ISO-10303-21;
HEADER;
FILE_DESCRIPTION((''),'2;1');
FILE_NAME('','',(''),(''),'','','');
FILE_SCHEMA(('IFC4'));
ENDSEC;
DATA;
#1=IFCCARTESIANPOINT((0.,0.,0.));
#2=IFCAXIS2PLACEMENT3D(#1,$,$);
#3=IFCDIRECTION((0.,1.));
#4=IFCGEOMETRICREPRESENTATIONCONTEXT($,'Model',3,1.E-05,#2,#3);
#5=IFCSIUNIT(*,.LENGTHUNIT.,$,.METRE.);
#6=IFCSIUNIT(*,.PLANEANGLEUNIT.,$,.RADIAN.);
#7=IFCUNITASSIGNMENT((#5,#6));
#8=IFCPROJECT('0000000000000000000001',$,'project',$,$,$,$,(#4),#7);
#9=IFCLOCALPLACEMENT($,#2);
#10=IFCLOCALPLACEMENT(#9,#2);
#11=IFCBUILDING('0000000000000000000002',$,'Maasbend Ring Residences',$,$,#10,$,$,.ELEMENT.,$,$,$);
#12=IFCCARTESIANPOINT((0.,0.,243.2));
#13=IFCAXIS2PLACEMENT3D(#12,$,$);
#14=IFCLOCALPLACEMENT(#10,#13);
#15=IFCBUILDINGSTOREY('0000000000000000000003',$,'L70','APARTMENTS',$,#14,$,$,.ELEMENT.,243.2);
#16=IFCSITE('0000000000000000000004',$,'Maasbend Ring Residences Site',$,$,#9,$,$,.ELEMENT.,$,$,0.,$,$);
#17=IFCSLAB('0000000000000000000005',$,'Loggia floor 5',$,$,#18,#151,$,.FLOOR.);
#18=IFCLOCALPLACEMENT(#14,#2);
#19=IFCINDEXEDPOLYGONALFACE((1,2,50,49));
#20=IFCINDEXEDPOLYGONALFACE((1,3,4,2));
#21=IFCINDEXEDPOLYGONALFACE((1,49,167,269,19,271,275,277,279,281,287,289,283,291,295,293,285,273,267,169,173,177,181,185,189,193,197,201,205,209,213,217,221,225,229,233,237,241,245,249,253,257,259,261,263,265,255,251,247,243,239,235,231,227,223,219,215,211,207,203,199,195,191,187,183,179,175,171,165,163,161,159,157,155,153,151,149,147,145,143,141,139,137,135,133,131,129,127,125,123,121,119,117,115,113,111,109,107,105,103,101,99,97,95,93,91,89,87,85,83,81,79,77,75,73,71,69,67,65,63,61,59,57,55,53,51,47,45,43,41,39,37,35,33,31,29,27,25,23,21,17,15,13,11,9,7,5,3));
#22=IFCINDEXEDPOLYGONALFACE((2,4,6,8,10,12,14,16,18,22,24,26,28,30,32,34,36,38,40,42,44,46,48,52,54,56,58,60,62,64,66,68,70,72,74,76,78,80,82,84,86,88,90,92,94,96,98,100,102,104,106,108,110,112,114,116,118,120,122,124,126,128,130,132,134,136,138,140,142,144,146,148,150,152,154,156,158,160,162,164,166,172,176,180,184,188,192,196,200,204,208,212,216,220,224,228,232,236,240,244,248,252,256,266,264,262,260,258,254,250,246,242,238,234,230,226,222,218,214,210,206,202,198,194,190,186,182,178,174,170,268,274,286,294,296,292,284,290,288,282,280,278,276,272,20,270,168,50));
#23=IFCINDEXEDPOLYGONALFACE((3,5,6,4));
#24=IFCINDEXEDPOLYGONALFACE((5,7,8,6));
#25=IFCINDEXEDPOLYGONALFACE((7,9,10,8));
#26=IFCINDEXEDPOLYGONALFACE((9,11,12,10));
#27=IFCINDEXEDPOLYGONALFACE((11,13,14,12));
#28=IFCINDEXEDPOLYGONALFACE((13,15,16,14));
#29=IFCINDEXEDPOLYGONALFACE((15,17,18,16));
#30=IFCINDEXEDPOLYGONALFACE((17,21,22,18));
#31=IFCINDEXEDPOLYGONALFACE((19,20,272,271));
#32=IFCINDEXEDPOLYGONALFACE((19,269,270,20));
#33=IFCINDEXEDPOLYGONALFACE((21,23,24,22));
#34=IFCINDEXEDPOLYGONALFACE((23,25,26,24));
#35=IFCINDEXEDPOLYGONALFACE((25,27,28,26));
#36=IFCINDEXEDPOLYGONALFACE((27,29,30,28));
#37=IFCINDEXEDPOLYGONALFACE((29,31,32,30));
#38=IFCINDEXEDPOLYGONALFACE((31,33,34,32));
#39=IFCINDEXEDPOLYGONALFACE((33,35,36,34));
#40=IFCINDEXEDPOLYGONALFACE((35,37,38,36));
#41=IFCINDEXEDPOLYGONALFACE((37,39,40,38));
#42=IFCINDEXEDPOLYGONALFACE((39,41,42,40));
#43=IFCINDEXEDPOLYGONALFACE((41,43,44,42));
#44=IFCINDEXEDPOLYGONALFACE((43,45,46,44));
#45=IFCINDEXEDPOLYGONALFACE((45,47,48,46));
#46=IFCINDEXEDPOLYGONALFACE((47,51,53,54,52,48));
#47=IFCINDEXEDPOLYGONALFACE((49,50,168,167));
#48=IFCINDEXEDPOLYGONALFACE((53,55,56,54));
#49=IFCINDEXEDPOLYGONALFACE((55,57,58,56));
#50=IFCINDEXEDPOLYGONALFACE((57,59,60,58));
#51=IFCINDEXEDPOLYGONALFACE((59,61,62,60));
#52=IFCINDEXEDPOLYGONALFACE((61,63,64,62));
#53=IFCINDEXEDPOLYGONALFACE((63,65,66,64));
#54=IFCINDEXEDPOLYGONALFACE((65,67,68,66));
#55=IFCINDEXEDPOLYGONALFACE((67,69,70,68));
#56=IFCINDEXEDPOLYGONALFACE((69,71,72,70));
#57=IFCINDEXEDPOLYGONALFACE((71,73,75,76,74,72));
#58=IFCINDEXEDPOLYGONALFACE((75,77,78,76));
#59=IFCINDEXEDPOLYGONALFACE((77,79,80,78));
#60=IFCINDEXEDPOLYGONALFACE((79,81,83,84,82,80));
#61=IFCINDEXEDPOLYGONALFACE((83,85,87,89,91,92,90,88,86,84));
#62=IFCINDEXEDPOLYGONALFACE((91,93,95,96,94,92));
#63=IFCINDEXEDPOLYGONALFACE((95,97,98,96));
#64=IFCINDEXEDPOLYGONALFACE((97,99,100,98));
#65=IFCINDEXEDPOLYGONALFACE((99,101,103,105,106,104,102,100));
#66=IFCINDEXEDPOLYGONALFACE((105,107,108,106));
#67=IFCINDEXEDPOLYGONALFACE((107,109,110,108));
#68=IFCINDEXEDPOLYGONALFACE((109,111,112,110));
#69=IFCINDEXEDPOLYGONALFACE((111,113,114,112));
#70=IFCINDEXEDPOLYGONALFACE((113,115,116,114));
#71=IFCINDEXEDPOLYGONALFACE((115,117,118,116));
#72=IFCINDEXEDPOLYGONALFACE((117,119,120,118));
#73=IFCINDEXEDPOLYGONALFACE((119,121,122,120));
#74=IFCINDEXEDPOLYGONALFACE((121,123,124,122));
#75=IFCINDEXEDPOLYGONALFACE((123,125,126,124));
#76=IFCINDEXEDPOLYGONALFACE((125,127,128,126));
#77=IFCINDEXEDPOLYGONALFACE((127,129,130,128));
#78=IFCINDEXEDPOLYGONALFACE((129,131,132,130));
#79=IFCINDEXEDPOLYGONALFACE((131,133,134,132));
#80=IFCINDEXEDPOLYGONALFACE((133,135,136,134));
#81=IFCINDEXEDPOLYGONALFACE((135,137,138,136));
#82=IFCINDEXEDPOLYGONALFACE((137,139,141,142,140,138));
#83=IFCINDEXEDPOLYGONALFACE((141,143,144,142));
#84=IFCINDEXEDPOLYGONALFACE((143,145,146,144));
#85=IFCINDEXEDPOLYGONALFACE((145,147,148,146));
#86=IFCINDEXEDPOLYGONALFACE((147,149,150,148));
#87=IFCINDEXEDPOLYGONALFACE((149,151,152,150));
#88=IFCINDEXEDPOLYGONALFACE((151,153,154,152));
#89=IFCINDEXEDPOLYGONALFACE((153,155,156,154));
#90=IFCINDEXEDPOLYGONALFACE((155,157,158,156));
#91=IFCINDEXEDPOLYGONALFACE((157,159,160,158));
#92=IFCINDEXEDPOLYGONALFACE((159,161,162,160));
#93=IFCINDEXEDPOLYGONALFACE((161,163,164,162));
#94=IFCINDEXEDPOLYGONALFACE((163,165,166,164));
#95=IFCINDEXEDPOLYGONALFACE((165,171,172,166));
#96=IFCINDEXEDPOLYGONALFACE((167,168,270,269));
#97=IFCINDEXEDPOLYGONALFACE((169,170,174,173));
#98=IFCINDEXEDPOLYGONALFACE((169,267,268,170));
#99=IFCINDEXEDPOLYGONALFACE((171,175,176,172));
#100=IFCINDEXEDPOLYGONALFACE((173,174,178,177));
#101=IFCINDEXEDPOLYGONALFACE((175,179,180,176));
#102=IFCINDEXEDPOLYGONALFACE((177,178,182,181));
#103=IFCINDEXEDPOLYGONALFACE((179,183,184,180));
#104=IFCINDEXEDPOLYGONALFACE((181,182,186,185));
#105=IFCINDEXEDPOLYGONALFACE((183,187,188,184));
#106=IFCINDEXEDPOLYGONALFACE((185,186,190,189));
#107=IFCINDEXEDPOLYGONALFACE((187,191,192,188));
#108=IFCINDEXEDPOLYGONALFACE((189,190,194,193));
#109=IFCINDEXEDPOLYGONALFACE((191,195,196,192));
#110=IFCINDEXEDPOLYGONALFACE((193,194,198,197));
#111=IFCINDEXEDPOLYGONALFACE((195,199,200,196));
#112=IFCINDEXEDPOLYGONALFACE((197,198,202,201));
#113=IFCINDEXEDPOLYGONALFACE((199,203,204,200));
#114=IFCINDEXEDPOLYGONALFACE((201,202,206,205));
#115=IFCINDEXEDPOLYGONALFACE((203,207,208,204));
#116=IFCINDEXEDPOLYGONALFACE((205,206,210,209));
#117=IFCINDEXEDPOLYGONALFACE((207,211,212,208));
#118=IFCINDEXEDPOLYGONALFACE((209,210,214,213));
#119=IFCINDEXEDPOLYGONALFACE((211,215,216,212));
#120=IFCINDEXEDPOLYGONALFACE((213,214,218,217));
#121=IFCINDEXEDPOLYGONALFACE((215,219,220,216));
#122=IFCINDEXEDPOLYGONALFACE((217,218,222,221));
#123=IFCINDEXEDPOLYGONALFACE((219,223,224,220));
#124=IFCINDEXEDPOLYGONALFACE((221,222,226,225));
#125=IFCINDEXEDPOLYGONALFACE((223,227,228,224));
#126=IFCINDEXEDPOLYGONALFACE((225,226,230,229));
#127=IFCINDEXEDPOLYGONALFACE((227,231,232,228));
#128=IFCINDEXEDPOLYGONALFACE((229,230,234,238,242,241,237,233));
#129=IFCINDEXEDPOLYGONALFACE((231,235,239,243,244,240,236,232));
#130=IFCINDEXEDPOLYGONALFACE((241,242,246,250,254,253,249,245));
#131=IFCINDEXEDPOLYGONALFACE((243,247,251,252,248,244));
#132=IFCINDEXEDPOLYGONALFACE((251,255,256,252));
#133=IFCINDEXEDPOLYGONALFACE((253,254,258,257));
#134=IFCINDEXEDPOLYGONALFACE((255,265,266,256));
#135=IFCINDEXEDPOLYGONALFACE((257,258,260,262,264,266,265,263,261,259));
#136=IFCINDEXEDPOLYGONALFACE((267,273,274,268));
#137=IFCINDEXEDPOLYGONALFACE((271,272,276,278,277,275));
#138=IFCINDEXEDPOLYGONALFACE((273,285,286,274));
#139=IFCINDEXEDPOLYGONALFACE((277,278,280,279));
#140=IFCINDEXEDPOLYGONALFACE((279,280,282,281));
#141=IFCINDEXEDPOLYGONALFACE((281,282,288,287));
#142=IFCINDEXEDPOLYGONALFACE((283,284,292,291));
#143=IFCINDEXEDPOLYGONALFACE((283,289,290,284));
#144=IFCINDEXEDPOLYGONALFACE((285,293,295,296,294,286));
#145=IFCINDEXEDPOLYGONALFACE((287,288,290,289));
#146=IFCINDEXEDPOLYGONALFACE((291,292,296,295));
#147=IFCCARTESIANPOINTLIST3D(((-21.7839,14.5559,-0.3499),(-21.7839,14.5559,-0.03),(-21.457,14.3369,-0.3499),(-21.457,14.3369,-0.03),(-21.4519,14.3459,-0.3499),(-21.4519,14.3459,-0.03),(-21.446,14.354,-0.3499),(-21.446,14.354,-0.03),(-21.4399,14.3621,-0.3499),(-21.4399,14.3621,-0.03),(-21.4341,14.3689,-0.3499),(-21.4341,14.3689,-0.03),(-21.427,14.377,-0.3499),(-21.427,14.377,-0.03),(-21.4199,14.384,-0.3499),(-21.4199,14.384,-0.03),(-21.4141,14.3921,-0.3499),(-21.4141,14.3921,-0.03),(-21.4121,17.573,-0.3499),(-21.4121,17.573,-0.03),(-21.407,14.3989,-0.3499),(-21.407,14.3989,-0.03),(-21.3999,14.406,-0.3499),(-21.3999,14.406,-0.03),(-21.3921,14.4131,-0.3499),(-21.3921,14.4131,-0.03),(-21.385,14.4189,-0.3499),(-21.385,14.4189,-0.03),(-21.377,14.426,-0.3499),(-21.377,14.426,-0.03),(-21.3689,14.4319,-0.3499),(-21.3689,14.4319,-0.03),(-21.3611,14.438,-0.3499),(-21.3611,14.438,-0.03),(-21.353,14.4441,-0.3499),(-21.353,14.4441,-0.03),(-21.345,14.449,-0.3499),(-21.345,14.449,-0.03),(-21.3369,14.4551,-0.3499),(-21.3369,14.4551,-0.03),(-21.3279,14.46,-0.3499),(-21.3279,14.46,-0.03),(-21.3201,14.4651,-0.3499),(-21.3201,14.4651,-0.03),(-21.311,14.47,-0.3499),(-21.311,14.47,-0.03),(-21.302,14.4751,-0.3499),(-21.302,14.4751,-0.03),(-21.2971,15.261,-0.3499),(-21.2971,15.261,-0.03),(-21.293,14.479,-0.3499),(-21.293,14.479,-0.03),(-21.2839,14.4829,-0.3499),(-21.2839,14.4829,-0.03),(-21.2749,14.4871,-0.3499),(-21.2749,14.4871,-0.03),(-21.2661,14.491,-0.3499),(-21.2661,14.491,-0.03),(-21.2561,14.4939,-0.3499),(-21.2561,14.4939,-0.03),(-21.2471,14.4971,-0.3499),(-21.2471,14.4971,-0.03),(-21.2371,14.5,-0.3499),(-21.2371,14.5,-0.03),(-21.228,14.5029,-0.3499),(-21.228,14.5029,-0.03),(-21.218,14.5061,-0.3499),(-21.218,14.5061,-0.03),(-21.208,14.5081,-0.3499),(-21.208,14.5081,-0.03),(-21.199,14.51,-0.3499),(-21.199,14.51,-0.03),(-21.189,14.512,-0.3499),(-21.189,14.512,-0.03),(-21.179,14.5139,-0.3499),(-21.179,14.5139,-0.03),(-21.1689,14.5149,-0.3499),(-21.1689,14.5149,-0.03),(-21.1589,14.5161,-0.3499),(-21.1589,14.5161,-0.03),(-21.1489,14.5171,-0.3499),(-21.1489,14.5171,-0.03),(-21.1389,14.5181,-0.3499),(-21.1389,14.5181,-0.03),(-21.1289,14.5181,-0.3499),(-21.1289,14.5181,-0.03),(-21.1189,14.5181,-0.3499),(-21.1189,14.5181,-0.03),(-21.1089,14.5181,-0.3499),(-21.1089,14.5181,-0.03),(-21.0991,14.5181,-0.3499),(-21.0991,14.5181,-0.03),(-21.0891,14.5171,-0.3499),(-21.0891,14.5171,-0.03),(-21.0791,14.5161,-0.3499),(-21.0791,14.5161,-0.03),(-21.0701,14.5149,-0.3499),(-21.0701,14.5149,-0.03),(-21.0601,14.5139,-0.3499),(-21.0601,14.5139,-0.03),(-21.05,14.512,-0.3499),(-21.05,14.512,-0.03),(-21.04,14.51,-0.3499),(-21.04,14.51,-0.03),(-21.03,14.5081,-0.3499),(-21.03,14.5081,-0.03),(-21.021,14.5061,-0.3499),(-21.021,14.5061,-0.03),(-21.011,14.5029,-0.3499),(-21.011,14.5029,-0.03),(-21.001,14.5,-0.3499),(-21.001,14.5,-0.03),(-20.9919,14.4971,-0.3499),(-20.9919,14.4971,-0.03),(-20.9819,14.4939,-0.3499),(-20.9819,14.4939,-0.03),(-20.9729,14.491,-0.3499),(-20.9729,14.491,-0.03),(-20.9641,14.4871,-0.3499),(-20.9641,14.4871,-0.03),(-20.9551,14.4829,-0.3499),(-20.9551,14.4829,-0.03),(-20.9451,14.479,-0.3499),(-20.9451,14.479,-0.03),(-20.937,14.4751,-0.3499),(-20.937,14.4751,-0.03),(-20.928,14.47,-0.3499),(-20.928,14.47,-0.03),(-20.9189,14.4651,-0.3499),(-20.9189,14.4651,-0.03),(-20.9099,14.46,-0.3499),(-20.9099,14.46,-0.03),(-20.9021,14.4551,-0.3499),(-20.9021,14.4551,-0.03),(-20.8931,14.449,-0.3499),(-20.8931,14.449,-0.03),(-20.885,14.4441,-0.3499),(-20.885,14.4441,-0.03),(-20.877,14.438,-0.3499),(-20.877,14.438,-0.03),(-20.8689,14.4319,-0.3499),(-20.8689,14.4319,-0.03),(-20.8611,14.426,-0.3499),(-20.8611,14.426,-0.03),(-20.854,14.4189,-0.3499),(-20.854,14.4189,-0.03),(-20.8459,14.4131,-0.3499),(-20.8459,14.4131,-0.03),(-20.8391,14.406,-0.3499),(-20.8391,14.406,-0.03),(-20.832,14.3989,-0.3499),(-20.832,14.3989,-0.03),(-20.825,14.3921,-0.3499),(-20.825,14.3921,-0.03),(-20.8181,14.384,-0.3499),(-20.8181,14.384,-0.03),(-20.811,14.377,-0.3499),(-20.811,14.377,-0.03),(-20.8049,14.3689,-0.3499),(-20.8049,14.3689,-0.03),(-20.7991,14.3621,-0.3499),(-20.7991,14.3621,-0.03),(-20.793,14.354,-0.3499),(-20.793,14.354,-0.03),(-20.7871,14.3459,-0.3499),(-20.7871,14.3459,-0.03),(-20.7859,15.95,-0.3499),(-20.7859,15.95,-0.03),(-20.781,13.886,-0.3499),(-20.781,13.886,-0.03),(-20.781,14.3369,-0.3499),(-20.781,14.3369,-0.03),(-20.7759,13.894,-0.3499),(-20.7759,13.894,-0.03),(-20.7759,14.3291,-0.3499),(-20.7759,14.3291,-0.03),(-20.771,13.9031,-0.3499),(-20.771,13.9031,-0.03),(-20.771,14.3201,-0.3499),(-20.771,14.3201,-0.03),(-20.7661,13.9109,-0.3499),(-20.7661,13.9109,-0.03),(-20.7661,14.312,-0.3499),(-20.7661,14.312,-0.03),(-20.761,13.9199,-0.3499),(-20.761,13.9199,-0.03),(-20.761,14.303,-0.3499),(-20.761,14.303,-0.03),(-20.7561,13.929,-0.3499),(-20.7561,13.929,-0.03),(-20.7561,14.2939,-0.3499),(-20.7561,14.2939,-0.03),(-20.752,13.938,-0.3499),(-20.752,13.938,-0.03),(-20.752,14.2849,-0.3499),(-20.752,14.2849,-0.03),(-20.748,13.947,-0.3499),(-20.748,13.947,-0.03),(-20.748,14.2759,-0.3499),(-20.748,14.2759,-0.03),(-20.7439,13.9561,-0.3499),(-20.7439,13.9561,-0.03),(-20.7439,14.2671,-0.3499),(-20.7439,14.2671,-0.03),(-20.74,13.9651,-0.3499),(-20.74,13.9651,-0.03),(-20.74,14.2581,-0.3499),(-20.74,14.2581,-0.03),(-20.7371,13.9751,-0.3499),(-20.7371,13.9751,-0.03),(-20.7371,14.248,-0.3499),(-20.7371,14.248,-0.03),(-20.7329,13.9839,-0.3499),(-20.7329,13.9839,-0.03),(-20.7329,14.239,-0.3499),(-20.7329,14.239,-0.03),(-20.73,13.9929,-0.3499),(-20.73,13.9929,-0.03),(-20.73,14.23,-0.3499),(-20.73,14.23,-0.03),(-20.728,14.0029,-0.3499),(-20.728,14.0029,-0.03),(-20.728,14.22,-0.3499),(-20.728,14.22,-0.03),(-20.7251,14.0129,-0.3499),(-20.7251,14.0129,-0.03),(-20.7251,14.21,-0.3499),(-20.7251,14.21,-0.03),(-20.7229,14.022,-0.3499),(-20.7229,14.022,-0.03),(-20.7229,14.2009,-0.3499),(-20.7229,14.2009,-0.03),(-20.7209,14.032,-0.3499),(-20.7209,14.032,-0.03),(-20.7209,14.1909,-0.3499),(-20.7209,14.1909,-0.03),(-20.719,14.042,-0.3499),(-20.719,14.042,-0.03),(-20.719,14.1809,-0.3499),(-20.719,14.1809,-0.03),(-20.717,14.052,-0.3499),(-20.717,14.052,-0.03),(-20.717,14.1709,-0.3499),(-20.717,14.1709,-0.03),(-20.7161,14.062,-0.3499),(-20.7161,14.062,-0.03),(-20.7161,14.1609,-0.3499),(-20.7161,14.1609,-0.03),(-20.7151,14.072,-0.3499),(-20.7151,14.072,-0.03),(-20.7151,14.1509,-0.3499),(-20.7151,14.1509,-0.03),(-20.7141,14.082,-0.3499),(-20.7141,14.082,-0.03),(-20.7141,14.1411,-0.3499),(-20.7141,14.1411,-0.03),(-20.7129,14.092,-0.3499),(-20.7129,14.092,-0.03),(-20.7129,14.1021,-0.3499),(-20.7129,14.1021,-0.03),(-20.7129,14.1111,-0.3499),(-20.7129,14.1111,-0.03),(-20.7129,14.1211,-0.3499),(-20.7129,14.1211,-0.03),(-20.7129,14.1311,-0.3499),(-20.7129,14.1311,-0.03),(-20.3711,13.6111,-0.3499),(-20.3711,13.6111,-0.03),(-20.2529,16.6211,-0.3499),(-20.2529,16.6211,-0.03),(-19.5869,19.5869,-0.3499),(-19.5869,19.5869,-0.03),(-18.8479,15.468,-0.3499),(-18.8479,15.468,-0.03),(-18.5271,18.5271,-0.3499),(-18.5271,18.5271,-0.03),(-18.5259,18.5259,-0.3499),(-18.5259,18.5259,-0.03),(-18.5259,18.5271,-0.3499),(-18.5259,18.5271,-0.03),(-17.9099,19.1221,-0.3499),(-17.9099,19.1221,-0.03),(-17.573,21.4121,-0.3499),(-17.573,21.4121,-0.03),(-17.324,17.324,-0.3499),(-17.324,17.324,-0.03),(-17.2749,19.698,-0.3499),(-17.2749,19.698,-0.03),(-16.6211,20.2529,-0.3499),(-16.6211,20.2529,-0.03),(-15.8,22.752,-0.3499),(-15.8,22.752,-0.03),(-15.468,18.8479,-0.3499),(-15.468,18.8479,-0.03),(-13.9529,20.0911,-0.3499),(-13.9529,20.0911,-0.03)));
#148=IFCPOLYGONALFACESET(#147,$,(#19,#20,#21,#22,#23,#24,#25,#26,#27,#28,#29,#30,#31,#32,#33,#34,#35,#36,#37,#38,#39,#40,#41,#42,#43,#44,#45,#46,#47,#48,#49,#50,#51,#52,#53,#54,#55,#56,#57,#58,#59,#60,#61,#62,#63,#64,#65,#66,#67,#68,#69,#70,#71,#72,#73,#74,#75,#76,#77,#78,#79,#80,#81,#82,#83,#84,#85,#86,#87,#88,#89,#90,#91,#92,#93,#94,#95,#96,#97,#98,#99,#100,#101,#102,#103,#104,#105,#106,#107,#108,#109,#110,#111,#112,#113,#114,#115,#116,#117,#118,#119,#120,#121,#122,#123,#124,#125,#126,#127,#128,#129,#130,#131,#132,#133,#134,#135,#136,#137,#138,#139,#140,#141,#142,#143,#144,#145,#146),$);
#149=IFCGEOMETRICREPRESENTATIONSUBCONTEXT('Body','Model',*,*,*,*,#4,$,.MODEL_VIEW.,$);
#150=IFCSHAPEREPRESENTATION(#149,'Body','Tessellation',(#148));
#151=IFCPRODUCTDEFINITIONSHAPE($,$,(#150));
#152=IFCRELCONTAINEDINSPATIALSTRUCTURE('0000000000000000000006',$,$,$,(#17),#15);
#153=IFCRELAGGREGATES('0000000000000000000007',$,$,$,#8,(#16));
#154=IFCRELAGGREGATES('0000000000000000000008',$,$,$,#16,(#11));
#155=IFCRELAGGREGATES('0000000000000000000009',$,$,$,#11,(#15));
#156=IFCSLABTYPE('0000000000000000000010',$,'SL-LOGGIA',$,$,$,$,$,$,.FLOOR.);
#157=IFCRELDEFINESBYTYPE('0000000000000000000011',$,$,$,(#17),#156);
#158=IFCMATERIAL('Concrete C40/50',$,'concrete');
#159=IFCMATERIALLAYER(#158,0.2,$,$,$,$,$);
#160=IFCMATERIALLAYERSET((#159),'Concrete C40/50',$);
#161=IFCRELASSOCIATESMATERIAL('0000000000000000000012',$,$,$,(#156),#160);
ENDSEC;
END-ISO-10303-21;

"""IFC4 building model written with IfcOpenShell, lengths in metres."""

from ifc_helpers import new_model, si_unit, direction, frame, origin, place, context, subcontext, project, spatial, polyline, outline, extrude, material, layer, layer_set, type_object, element, save


model = new_model("IFC4")

# Units and contexts
model_context = context("Model", 3, precision=1e-05, world=origin(), true_north=direction((0.0, 1.0)))
body_context = subcontext(model_context, "Body", "Model", "MODEL_VIEW")
ifc_project = project(units=[si_unit("LENGTHUNIT", "METRE"), si_unit("PLANEANGLEUNIT", "RADIAN")], contexts=[model_context])

# Site, building, storey
site_placement = place(None, origin())
site = spatial("IfcSite", under=ifc_project, at=site_placement, Name="Maasbend Ring Residences Site", CompositionType="ELEMENT", RefElevation=0.0)
building_placement = place(site_placement, origin())
building = spatial("IfcBuilding", under=site, at=building_placement, Name="Maasbend Ring Residences", CompositionType="ELEMENT")
storey_placement = place(building_placement, frame((0.0, 0.0, 243.2)))
storey = spatial("IfcBuildingStorey", under=building, at=storey_placement, Name="L70", Description="APARTMENTS", CompositionType="ELEMENT", Elevation=243.2)

# Slab
ifc_material_1 = material(Name="Concrete C40/50", Category="concrete")
ifc_layer_1 = layer(ifc_material_1, 0.2)
ifc_layer_set_1 = layer_set([ifc_layer_1], Name="Concrete C40/50")
slab_type_1 = type_object("IfcSlabType", Name="SL-LOGGIA", PredefinedType="FLOOR", material=ifc_layer_set_1)
slab_1_placement = place(storey_placement, frame((0.0, 0.0, -0.3499)))
element("IfcSlab", 1, at=slab_1_placement, inside=storey, type_object=slab_type_1, Name="Loggia floor 5", PredefinedType="FLOOR", context=body_context, shape_type="SweptSolid", body=[
    extrude(outline(polyline([(-20.7859, 15.95), (-20.2529, 16.6211), (-20.2529, 16.6211), (-20.2529, 16.6211), (-20.2529, 16.6211), (-20.2529, 16.6211), (-20.2529, 16.6211), (-20.2529, 16.6211), (-20.2529, 16.6211), (-20.2529, 16.6211), (-20.2529, 16.6211), (-20.2529, 16.6211), (-20.2529, 16.6211), (-20.2529, 16.6211), (-20.2529, 16.6211), (-20.2529, 16.6211), (-20.2529, 16.6211), (-20.2529, 16.6211), (-21.4121, 17.573), (-19.5869, 19.5869), (-18.5271, 18.5271), (-18.5271, 18.5271), (-18.5259, 18.5259), (-18.5259, 18.5259), (-18.5259, 18.5259), (-18.5259, 18.5259), (-18.5259, 18.5259), (-18.5259, 18.5259), (-18.5259, 18.5259), (-18.5259, 18.5259), (-18.5259, 18.5259), (-18.5259, 18.5259), (-18.5259, 18.5259), (-18.5259, 18.5259), (-18.5259, 18.5259), (-18.5259, 18.5271), (-18.5259, 18.5271), (-17.9099, 19.1221), (-17.2749, 19.698), (-16.6211, 20.2529), (-16.6211, 20.2529), (-16.6211, 20.2529), (-16.6211, 20.2529), (-16.6211, 20.2529), (-16.6211, 20.2529), (-16.6211, 20.2529), (-16.6211, 20.2529), (-16.6211, 20.2529), (-16.6211, 20.2529), (-16.6211, 20.2529), (-16.6211, 20.2529), (-16.6211, 20.2529), (-16.6211, 20.2529), (-16.6211, 20.2529), (-16.6211, 20.2529), (-16.6211, 20.2529), (-17.573, 21.4121), (-15.8, 22.752), (-13.9529, 20.0911), (-15.468, 18.8479), (-17.324, 17.324), (-17.324, 17.324), (-17.324, 17.324), (-18.8479, 15.468), (-20.3711, 13.6111), (-20.781, 13.886), (-20.7759, 13.894), (-20.771, 13.9031), (-20.7661, 13.9109), (-20.761, 13.9199), (-20.7561, 13.929), (-20.752, 13.938), (-20.748, 13.947), (-20.7439, 13.9561), (-20.74, 13.9651), (-20.7371, 13.9751), (-20.7329, 13.9839), (-20.73, 13.9929), (-20.728, 14.0029), (-20.7251, 14.0129), (-20.7229, 14.022), (-20.7209, 14.032), (-20.719, 14.042), (-20.717, 14.052), (-20.7161, 14.062), (-20.7151, 14.072), (-20.7141, 14.082), (-20.7129, 14.092), (-20.7129, 14.1021), (-20.7129, 14.1111), (-20.7129, 14.1211), (-20.7129, 14.1311), (-20.7141, 14.1411), (-20.7151, 14.1509), (-20.7161, 14.1609), (-20.717, 14.1709), (-20.719, 14.1809), (-20.7209, 14.1909), (-20.7229, 14.2009), (-20.7251, 14.21), (-20.728, 14.22), (-20.73, 14.23), (-20.7329, 14.239), (-20.7371, 14.248), (-20.74, 14.2581), (-20.7439, 14.2671), (-20.748, 14.2759), (-20.752, 14.2849), (-20.7561, 14.2939), (-20.761, 14.303), (-20.7661, 14.312), (-20.771, 14.3201), (-20.7759, 14.3291), (-20.781, 14.3369), (-20.7871, 14.3459), (-20.793, 14.354), (-20.7991, 14.3621), (-20.8049, 14.3689), (-20.811, 14.377), (-20.8181, 14.384), (-20.825, 14.3921), (-20.832, 14.3989), (-20.8391, 14.406), (-20.8459, 14.4131), (-20.854, 14.4189), (-20.8611, 14.426), (-20.8689, 14.4319), (-20.877, 14.438), (-20.885, 14.4441), (-20.8931, 14.449), (-20.9021, 14.4551), (-20.9099, 14.46), (-20.9189, 14.4651), (-20.928, 14.47), (-20.937, 14.4751), (-20.9451, 14.479), (-20.9551, 14.4829), (-20.9641, 14.4871), (-20.9729, 14.491), (-20.9819, 14.4939), (-20.9919, 14.4971), (-21.001, 14.5), (-21.011, 14.5029), (-21.021, 14.5061), (-21.03, 14.5081), (-21.04, 14.51), (-21.05, 14.512), (-21.0601, 14.5139), (-21.0701, 14.5149), (-21.0791, 14.5161), (-21.0891, 14.5171), (-21.0991, 14.5181), (-21.1089, 14.5181), (-21.1189, 14.5181), (-21.1289, 14.5181), (-21.1389, 14.5181), (-21.1489, 14.5171), (-21.1589, 14.5161), (-21.1689, 14.5149), (-21.179, 14.5139), (-21.189, 14.512), (-21.199, 14.51), (-21.208, 14.5081), (-21.218, 14.5061), (-21.228, 14.5029), (-21.2371, 14.5), (-21.2471, 14.4971), (-21.2561, 14.4939), (-21.2661, 14.491), (-21.2749, 14.4871), (-21.2839, 14.4829), (-21.293, 14.479), (-21.302, 14.4751), (-21.311, 14.47), (-21.3201, 14.4651), (-21.3279, 14.46), (-21.3369, 14.4551), (-21.345, 14.449), (-21.353, 14.4441), (-21.3611, 14.438), (-21.3689, 14.4319), (-21.377, 14.426), (-21.385, 14.4189), (-21.3921, 14.4131), (-21.3999, 14.406), (-21.407, 14.3989), (-21.4141, 14.3921), (-21.4199, 14.384), (-21.427, 14.377), (-21.4341, 14.3689), (-21.4399, 14.3621), (-21.446, 14.354), (-21.4519, 14.3459), (-21.457, 14.3369), (-21.7839, 14.5559), (-21.2971, 15.261), (-20.7859, 15.95)])), origin(), (0.0, 0.0, 1.0), 0.3198),
])

save(model, "model.ifc")
